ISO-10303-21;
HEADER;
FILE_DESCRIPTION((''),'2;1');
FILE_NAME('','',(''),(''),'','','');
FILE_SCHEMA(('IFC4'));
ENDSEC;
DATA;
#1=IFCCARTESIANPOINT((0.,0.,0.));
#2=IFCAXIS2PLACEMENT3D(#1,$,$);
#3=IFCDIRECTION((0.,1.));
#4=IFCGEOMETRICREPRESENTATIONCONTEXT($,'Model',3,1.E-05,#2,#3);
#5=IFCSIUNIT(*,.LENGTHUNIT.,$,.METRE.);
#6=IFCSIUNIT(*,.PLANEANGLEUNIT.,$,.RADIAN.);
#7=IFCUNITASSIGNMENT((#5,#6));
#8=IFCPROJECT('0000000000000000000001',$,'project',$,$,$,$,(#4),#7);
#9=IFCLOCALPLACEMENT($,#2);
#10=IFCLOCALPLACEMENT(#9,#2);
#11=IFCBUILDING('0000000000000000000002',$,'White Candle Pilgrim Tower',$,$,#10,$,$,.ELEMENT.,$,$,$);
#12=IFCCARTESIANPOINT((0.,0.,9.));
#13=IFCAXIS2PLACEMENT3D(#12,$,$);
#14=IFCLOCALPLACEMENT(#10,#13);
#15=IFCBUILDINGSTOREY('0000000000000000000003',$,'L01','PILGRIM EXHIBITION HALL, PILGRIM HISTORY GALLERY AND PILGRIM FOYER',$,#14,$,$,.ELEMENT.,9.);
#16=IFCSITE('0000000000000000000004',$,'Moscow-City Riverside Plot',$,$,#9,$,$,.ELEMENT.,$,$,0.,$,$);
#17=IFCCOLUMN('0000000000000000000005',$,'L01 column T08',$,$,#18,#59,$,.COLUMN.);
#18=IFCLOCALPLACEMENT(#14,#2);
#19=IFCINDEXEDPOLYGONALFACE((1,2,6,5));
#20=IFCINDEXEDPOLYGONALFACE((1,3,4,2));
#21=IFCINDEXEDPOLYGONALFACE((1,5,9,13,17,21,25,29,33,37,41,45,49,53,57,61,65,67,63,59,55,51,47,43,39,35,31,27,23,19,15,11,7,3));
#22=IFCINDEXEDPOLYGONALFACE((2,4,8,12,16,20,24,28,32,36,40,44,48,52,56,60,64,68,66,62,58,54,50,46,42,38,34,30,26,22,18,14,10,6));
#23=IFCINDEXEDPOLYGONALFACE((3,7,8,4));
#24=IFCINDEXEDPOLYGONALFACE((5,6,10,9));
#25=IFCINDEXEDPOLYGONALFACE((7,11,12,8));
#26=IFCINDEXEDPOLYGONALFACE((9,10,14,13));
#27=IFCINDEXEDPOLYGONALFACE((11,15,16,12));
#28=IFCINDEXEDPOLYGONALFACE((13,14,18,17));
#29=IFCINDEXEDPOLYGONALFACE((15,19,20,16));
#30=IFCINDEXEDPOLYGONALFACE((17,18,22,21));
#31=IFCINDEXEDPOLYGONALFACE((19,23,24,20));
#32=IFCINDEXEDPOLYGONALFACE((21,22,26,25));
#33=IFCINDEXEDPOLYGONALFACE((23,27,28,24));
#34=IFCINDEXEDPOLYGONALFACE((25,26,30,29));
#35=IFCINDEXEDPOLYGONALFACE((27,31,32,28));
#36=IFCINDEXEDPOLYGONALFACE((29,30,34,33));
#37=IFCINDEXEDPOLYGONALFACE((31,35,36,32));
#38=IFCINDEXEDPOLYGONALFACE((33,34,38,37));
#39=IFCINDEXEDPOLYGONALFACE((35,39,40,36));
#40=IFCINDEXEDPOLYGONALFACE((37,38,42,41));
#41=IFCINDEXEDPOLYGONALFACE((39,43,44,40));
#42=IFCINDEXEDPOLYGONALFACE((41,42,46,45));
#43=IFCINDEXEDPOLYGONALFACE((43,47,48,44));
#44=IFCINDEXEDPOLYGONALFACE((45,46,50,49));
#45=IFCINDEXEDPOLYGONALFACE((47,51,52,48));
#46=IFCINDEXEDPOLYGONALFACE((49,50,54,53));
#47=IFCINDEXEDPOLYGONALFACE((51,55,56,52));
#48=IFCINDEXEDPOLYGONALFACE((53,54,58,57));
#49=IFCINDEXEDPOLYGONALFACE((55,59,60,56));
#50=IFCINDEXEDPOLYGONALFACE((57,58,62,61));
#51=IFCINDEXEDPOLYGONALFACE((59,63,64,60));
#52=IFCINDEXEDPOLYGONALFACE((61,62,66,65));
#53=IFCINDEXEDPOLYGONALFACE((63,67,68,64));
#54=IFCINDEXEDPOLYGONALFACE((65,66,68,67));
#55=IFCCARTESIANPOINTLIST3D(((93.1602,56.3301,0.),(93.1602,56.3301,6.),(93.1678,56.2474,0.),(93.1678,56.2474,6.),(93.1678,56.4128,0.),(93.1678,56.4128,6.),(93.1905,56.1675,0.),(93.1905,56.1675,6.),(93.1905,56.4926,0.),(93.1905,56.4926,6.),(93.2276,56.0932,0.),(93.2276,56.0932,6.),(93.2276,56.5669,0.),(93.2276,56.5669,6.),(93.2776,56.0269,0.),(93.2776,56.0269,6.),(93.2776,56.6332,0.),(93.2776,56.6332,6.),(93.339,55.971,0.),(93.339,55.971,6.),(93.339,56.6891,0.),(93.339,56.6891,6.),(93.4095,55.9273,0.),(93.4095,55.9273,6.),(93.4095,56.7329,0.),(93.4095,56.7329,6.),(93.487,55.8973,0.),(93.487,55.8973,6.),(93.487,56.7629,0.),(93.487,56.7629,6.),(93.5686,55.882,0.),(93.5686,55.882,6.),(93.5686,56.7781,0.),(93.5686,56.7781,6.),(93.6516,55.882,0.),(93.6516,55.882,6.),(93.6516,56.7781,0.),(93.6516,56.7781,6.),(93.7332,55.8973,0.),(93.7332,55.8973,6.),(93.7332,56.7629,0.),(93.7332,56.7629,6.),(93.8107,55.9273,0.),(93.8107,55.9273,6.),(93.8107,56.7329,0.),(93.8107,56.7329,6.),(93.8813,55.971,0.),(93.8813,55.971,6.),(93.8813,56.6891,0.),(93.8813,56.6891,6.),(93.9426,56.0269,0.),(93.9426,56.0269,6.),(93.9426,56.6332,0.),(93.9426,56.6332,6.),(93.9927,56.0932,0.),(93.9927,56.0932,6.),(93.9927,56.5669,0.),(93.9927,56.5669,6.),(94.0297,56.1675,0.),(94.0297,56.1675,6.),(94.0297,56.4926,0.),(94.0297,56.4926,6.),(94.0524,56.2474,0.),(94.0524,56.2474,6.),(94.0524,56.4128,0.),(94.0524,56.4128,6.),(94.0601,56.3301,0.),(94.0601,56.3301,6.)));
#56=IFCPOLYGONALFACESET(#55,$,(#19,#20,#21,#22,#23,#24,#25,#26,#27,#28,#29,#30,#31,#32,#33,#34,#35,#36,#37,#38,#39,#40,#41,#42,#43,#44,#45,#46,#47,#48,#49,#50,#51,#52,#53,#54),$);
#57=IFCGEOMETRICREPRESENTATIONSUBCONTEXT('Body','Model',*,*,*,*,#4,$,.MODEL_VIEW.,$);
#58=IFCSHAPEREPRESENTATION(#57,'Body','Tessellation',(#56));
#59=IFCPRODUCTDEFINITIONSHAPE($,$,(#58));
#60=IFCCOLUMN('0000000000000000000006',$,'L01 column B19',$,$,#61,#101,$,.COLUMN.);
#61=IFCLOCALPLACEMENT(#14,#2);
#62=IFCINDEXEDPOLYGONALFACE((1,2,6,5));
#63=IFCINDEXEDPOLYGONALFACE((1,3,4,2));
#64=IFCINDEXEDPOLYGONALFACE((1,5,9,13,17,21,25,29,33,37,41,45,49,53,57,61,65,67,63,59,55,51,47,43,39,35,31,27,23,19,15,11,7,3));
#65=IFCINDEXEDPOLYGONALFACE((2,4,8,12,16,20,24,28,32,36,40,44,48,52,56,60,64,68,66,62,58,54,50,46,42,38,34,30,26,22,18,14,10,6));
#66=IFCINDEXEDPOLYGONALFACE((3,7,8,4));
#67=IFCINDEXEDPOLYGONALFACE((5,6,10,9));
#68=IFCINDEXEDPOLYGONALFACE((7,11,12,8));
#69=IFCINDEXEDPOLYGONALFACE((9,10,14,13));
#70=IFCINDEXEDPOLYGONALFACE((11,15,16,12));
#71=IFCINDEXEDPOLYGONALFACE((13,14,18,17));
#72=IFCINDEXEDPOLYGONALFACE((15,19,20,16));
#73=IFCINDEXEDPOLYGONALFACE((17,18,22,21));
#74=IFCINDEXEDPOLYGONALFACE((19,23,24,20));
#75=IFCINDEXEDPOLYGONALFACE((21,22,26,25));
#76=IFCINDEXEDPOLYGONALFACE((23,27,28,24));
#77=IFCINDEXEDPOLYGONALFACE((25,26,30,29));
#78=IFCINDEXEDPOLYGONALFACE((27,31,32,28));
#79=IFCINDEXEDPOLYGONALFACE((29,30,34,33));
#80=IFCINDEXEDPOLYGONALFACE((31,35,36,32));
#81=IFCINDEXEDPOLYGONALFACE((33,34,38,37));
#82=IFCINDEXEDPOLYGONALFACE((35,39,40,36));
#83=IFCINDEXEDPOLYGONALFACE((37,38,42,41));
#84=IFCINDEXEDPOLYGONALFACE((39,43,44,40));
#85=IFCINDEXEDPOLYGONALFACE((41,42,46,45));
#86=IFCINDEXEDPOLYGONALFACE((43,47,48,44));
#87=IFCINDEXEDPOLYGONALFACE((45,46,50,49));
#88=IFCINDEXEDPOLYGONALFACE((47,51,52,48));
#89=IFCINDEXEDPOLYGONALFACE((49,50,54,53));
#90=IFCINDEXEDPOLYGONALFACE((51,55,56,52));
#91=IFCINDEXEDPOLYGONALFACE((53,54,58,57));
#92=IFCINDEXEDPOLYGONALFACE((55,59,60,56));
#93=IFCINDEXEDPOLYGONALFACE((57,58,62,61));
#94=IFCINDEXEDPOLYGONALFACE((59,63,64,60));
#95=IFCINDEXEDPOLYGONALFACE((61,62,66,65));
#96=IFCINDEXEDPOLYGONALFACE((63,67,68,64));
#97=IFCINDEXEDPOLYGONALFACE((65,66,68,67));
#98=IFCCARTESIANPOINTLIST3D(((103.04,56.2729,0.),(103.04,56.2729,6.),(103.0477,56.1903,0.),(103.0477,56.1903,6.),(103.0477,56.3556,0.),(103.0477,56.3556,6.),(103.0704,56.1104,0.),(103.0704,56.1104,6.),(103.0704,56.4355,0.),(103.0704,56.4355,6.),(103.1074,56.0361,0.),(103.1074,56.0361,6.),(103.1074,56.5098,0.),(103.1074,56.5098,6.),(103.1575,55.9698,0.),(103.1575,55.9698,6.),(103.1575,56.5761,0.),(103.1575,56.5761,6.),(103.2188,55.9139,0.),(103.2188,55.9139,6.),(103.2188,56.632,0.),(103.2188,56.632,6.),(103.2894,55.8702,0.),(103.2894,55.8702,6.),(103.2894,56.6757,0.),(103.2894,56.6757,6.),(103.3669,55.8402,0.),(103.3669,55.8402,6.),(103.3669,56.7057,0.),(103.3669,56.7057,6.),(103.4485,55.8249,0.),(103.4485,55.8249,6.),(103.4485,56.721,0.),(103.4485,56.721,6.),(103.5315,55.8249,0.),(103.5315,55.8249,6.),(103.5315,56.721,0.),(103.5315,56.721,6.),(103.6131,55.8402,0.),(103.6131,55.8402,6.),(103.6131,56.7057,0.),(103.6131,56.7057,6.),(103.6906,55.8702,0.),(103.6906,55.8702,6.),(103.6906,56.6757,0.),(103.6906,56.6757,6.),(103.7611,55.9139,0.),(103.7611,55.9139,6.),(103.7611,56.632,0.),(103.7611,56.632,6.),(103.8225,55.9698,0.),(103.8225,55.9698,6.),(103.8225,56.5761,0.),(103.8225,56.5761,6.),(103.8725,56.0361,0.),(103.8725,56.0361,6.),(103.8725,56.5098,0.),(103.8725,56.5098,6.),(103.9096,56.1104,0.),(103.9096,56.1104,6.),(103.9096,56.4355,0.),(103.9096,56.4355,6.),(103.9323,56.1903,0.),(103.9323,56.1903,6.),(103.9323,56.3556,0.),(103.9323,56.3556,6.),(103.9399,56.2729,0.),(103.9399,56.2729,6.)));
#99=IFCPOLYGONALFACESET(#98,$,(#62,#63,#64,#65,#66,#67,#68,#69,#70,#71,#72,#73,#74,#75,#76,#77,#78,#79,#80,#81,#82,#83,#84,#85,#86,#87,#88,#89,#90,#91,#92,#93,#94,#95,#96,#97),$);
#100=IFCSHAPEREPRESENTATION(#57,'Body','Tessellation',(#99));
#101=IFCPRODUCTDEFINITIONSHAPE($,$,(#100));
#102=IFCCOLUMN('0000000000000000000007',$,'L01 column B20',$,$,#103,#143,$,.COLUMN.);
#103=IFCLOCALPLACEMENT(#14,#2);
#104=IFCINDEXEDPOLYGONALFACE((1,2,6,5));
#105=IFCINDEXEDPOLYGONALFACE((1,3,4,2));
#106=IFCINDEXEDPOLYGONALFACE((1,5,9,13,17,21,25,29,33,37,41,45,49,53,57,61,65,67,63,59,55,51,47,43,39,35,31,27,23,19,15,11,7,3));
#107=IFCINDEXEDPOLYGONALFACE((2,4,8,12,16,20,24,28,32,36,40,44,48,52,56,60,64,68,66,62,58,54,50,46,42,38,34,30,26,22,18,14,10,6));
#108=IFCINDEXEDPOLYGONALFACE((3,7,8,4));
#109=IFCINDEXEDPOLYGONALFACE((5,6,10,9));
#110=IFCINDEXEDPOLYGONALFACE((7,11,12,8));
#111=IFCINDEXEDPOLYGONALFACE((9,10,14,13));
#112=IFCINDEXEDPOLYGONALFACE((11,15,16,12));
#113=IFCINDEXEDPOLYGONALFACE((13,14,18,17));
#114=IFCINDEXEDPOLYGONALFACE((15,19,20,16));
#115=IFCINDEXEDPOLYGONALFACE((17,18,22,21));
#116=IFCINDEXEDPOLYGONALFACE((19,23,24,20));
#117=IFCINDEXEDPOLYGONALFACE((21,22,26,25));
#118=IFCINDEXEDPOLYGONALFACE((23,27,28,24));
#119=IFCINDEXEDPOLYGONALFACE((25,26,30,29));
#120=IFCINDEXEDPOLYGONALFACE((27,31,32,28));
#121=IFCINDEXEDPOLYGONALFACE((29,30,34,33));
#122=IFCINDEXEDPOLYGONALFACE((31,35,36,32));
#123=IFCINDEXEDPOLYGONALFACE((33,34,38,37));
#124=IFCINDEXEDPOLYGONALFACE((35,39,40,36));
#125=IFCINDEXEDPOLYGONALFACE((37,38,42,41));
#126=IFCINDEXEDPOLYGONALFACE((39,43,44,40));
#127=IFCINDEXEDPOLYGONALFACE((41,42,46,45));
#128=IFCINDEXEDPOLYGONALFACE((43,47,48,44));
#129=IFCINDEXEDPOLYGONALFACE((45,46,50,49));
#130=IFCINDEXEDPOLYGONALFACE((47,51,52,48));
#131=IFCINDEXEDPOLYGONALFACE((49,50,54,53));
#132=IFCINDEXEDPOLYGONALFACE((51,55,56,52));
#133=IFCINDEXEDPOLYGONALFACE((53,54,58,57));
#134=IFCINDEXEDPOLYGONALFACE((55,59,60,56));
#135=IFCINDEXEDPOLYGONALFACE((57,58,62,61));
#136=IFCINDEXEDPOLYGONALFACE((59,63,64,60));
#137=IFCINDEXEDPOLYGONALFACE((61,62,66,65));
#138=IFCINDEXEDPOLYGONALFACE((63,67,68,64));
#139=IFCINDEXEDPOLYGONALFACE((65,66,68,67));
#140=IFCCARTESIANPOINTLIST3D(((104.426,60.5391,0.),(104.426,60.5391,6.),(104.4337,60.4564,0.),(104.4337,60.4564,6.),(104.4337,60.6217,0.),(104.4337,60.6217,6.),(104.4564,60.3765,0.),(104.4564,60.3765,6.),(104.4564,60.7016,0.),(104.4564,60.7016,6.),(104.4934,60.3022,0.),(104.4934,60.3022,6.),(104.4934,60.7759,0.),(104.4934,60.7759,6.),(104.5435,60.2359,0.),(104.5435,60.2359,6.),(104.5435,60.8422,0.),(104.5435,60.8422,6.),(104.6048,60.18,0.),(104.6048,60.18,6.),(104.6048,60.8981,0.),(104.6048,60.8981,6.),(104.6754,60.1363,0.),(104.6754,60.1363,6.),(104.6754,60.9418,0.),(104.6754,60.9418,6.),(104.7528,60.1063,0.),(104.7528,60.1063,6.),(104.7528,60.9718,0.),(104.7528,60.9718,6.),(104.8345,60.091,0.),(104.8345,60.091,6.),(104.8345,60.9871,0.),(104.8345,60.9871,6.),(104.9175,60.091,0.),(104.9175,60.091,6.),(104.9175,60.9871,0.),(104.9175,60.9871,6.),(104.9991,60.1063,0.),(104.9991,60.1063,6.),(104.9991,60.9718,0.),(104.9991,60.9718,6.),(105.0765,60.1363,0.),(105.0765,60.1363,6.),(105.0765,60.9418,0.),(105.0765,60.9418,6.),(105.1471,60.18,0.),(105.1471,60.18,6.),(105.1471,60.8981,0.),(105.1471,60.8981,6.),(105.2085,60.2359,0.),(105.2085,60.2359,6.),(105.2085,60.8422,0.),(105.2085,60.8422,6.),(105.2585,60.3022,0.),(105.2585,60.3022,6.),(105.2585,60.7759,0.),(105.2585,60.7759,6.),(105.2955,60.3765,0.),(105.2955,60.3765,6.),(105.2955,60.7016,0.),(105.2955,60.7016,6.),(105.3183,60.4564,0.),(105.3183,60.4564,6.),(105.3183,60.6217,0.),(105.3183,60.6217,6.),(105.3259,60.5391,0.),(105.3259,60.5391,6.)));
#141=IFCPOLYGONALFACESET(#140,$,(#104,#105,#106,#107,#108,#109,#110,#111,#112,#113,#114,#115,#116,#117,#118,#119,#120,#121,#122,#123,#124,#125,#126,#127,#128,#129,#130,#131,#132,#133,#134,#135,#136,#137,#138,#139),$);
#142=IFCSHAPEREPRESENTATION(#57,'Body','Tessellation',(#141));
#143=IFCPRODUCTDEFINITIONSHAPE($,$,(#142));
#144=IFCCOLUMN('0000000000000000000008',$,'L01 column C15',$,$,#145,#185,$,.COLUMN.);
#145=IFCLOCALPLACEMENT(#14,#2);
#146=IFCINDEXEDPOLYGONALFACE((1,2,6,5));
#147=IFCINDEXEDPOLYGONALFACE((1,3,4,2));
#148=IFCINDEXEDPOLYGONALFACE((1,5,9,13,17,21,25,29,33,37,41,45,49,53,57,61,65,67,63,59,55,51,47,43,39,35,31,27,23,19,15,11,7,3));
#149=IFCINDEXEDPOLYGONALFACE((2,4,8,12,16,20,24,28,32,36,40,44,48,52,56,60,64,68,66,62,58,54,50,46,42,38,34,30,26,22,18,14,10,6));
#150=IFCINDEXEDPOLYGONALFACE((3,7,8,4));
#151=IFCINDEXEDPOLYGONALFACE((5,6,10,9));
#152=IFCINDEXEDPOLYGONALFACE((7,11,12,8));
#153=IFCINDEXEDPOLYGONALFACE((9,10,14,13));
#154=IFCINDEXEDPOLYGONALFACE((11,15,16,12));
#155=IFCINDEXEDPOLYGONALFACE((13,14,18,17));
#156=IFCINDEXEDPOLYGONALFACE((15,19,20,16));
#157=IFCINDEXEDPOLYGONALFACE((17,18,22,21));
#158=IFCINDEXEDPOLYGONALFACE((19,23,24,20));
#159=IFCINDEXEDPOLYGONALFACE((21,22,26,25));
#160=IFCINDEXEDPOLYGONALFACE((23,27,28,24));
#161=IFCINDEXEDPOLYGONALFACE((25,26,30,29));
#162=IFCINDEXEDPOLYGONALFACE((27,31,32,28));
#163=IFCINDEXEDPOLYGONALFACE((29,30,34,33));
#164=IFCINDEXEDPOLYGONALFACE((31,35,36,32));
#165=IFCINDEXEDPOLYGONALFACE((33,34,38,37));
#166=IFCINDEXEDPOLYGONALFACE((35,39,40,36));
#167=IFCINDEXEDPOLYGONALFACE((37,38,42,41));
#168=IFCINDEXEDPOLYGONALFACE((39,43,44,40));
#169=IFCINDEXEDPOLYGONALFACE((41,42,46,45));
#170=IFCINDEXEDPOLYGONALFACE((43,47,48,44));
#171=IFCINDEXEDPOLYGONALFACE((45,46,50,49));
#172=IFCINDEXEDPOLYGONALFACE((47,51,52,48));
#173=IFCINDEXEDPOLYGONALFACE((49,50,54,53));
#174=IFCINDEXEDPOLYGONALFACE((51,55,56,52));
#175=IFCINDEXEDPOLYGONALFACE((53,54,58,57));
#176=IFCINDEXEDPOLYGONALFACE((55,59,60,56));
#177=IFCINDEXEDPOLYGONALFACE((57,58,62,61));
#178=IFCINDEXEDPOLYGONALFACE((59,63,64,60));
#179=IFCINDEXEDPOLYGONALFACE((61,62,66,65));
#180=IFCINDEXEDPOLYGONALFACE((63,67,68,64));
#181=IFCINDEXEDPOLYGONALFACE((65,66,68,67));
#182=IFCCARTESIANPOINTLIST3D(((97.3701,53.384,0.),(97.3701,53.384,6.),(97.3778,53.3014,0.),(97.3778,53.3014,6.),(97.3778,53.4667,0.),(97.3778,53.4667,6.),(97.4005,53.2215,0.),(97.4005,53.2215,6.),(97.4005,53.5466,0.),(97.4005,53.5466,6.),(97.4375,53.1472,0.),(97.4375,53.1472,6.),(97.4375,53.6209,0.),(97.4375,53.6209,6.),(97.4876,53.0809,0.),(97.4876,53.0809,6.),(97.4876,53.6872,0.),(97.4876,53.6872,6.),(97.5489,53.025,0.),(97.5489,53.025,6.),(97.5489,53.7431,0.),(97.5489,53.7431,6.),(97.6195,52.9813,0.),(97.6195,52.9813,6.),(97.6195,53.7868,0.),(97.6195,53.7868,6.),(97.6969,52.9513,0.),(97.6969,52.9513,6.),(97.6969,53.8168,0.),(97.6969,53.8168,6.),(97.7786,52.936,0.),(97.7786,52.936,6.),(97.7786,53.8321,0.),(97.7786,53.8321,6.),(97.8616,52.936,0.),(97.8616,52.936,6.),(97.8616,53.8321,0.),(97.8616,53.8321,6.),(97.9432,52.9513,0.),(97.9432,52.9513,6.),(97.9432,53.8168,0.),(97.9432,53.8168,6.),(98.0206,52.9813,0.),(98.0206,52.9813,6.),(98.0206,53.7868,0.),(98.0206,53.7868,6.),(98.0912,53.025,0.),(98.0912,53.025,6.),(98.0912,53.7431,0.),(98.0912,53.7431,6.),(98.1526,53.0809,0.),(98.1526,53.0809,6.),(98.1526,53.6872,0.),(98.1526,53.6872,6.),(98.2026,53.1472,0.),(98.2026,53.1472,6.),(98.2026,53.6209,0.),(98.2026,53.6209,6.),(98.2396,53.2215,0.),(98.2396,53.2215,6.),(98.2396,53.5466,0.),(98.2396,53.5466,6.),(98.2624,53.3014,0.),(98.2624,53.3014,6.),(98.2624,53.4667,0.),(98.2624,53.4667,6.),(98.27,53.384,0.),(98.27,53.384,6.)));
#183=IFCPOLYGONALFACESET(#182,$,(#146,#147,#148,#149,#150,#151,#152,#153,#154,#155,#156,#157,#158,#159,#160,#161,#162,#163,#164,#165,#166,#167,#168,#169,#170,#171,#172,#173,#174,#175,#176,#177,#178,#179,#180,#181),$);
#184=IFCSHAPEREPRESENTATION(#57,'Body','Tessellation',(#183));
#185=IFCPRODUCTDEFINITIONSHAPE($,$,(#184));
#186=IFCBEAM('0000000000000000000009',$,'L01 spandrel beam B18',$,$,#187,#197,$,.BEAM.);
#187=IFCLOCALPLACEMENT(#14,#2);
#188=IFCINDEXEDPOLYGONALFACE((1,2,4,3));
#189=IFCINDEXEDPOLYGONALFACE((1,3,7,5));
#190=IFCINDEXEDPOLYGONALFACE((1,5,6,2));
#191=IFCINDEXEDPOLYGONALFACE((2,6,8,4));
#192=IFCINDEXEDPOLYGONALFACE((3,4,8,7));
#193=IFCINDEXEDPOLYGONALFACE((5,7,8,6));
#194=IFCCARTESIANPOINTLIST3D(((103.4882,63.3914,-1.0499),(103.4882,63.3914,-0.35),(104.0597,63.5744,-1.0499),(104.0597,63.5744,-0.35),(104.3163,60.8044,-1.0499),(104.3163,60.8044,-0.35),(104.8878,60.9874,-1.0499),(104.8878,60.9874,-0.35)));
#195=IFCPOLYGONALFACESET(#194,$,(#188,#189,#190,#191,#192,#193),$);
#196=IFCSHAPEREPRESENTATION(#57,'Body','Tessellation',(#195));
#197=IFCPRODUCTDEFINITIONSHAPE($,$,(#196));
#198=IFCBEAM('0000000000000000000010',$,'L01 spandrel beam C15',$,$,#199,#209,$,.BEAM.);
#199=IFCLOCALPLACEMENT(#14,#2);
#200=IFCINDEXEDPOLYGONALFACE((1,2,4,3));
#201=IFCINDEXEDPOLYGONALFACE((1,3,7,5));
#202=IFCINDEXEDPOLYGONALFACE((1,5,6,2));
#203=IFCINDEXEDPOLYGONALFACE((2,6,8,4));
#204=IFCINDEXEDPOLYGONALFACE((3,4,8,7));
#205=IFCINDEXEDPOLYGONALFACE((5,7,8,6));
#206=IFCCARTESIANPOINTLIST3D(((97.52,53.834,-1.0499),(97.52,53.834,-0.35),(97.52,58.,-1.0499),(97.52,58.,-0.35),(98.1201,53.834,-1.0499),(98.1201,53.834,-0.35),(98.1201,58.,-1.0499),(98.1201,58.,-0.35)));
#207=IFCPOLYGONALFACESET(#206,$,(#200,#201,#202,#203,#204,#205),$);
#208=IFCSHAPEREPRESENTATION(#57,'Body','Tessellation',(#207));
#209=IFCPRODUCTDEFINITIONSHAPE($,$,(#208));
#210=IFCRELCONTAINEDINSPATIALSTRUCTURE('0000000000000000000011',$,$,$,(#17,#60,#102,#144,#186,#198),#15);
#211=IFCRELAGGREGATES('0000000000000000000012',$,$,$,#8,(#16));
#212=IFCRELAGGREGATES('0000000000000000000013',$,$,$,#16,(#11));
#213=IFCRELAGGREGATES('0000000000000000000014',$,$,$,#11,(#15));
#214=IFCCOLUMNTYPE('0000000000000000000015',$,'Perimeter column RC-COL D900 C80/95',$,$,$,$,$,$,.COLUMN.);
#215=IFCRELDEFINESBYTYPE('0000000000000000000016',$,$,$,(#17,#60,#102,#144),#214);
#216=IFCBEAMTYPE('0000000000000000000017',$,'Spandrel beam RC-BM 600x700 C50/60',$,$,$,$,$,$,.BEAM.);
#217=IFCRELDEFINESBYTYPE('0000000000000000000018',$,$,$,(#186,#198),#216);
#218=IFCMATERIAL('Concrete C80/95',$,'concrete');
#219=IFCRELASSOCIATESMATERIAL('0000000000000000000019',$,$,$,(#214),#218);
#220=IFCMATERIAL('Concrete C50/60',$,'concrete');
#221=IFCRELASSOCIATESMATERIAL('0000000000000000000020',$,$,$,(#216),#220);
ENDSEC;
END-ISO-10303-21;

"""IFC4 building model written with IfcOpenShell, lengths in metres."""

from ifc_helpers import new_model, si_unit, direction, frame, origin, origin_2d, place, context, subcontext, project, spatial, rectangle, circle, extrude, material, material_profile, profile_set, type_object, element, save


model = new_model("IFC4")

# Units and contexts
model_context = context("Model", 3, precision=1e-05, world=origin(), true_north=direction((0.0, 1.0)))
body_context = subcontext(model_context, "Body", "Model", "MODEL_VIEW")
ifc_project = project(units=[si_unit("LENGTHUNIT", "METRE"), si_unit("PLANEANGLEUNIT", "RADIAN")], contexts=[model_context])

# Site, building, storey
site_placement = place(None, origin())
site = spatial("IfcSite", under=ifc_project, at=site_placement, Name="Moscow-City Riverside Plot", CompositionType="ELEMENT", RefElevation=0.0)
building_placement = place(site_placement, origin())
building = spatial("IfcBuilding", under=site, at=building_placement, Name="White Candle Pilgrim Tower", CompositionType="ELEMENT")
storey_placement = place(building_placement, frame((0.0, 0.0, 9.0)))
storey = spatial("IfcBuildingStorey", under=building, at=storey_placement, Name="L01", Description="PILGRIM EXHIBITION HALL, PILGRIM HISTORY GALLERY AND PILGRIM FOYER", CompositionType="ELEMENT", Elevation=9.0)

# Columns
ifc_material_1 = material(Name="Concrete C80/95", Category="concrete")
ifc_material_profile_1 = material_profile(ifc_material_1, circle(Radius=0.45, at=origin_2d()), Name="RC-COL D900")
ifc_profile_set_1 = profile_set([ifc_material_profile_1], Name="Concrete C80/95")
column_type = type_object("IfcColumnType", Name="Perimeter column RC-COL D900 C80/95", PredefinedType="COLUMN", material=ifc_profile_set_1)
for number, where, z_axis, x_axis, name in (
    (1, (93.6101, 56.3301, 0.0), (0.0, 0.0, 1.0), (1.0, 0.0, 0.0), "L01 column T08"),
    (2, (103.49, 56.2729, 0.0), (0.0, 0.0, 1.0), (1.0, 0.0, 0.0), "L01 column B19"),
    (3, (104.876, 60.5391, 0.0), (0.0, 0.0, 1.0), (1.0, 0.0, 0.0), "L01 column B20"),
    (4, (97.8201, 53.384, 0.0), (0.0, 0.0, 1.0), (1.0, 0.0, 0.0), "L01 column C15"),
):
    element("IfcColumn", number, at=place(storey_placement, frame(where, z_axis=z_axis, x_axis=x_axis)), inside=storey, type_object=column_type, Name=name, PredefinedType="COLUMN", context=body_context, shape_type="SweptSolid", body=[
        extrude(circle(Radius=0.45, at=origin_2d()), origin(), (0.0, 0.0, 1.0), 6.0),
    ])

# Beams
ifc_material_2 = material(Name="Concrete C50/60", Category="concrete")
ifc_material_profile_2 = material_profile(ifc_material_2, rectangle(XDim=0.6001, YDim=0.7, at=origin_2d()), Name="RC-BM 600x700")
ifc_profile_set_2 = profile_set([ifc_material_profile_2], Name="Concrete C50/60")
beam_type = type_object("IfcBeamType", Name="Spandrel beam RC-BM 600x700 C50/60", PredefinedType="BEAM", material=ifc_profile_set_2)
beam_1_placement = place(storey_placement, frame((103.7739, 63.4829, -0.7), z_axis=(0.30488, -0.952391, 0.0), x_axis=(0.952391, 0.30488, 0.0)))
element("IfcBeam", 5, at=beam_1_placement, inside=storey, type_object=beam_type, Name="L01 spandrel beam B18", PredefinedType="BEAM", context=body_context, shape_type="SweptSolid", body=[
    extrude(rectangle(XDim=0.6001, YDim=0.7, at=origin_2d()), origin(), (0.0, 0.0, 1.0), 2.7163),
])
beam_2_placement = place(storey_placement, frame((97.8201, 53.834, -0.7), z_axis=(0.0, 1.0, 0.0), x_axis=(-1.0, 0.0, 0.0)))
element("IfcBeam", 6, at=beam_2_placement, inside=storey, type_object=beam_type, Name="L01 spandrel beam C15", PredefinedType="BEAM", context=body_context, shape_type="SweptSolid", body=[
    extrude(rectangle(XDim=0.6001, YDim=0.7, at=origin_2d()), origin(), (0.0, 0.0, 1.0), 4.166),
])

save(model, "model.ifc")
